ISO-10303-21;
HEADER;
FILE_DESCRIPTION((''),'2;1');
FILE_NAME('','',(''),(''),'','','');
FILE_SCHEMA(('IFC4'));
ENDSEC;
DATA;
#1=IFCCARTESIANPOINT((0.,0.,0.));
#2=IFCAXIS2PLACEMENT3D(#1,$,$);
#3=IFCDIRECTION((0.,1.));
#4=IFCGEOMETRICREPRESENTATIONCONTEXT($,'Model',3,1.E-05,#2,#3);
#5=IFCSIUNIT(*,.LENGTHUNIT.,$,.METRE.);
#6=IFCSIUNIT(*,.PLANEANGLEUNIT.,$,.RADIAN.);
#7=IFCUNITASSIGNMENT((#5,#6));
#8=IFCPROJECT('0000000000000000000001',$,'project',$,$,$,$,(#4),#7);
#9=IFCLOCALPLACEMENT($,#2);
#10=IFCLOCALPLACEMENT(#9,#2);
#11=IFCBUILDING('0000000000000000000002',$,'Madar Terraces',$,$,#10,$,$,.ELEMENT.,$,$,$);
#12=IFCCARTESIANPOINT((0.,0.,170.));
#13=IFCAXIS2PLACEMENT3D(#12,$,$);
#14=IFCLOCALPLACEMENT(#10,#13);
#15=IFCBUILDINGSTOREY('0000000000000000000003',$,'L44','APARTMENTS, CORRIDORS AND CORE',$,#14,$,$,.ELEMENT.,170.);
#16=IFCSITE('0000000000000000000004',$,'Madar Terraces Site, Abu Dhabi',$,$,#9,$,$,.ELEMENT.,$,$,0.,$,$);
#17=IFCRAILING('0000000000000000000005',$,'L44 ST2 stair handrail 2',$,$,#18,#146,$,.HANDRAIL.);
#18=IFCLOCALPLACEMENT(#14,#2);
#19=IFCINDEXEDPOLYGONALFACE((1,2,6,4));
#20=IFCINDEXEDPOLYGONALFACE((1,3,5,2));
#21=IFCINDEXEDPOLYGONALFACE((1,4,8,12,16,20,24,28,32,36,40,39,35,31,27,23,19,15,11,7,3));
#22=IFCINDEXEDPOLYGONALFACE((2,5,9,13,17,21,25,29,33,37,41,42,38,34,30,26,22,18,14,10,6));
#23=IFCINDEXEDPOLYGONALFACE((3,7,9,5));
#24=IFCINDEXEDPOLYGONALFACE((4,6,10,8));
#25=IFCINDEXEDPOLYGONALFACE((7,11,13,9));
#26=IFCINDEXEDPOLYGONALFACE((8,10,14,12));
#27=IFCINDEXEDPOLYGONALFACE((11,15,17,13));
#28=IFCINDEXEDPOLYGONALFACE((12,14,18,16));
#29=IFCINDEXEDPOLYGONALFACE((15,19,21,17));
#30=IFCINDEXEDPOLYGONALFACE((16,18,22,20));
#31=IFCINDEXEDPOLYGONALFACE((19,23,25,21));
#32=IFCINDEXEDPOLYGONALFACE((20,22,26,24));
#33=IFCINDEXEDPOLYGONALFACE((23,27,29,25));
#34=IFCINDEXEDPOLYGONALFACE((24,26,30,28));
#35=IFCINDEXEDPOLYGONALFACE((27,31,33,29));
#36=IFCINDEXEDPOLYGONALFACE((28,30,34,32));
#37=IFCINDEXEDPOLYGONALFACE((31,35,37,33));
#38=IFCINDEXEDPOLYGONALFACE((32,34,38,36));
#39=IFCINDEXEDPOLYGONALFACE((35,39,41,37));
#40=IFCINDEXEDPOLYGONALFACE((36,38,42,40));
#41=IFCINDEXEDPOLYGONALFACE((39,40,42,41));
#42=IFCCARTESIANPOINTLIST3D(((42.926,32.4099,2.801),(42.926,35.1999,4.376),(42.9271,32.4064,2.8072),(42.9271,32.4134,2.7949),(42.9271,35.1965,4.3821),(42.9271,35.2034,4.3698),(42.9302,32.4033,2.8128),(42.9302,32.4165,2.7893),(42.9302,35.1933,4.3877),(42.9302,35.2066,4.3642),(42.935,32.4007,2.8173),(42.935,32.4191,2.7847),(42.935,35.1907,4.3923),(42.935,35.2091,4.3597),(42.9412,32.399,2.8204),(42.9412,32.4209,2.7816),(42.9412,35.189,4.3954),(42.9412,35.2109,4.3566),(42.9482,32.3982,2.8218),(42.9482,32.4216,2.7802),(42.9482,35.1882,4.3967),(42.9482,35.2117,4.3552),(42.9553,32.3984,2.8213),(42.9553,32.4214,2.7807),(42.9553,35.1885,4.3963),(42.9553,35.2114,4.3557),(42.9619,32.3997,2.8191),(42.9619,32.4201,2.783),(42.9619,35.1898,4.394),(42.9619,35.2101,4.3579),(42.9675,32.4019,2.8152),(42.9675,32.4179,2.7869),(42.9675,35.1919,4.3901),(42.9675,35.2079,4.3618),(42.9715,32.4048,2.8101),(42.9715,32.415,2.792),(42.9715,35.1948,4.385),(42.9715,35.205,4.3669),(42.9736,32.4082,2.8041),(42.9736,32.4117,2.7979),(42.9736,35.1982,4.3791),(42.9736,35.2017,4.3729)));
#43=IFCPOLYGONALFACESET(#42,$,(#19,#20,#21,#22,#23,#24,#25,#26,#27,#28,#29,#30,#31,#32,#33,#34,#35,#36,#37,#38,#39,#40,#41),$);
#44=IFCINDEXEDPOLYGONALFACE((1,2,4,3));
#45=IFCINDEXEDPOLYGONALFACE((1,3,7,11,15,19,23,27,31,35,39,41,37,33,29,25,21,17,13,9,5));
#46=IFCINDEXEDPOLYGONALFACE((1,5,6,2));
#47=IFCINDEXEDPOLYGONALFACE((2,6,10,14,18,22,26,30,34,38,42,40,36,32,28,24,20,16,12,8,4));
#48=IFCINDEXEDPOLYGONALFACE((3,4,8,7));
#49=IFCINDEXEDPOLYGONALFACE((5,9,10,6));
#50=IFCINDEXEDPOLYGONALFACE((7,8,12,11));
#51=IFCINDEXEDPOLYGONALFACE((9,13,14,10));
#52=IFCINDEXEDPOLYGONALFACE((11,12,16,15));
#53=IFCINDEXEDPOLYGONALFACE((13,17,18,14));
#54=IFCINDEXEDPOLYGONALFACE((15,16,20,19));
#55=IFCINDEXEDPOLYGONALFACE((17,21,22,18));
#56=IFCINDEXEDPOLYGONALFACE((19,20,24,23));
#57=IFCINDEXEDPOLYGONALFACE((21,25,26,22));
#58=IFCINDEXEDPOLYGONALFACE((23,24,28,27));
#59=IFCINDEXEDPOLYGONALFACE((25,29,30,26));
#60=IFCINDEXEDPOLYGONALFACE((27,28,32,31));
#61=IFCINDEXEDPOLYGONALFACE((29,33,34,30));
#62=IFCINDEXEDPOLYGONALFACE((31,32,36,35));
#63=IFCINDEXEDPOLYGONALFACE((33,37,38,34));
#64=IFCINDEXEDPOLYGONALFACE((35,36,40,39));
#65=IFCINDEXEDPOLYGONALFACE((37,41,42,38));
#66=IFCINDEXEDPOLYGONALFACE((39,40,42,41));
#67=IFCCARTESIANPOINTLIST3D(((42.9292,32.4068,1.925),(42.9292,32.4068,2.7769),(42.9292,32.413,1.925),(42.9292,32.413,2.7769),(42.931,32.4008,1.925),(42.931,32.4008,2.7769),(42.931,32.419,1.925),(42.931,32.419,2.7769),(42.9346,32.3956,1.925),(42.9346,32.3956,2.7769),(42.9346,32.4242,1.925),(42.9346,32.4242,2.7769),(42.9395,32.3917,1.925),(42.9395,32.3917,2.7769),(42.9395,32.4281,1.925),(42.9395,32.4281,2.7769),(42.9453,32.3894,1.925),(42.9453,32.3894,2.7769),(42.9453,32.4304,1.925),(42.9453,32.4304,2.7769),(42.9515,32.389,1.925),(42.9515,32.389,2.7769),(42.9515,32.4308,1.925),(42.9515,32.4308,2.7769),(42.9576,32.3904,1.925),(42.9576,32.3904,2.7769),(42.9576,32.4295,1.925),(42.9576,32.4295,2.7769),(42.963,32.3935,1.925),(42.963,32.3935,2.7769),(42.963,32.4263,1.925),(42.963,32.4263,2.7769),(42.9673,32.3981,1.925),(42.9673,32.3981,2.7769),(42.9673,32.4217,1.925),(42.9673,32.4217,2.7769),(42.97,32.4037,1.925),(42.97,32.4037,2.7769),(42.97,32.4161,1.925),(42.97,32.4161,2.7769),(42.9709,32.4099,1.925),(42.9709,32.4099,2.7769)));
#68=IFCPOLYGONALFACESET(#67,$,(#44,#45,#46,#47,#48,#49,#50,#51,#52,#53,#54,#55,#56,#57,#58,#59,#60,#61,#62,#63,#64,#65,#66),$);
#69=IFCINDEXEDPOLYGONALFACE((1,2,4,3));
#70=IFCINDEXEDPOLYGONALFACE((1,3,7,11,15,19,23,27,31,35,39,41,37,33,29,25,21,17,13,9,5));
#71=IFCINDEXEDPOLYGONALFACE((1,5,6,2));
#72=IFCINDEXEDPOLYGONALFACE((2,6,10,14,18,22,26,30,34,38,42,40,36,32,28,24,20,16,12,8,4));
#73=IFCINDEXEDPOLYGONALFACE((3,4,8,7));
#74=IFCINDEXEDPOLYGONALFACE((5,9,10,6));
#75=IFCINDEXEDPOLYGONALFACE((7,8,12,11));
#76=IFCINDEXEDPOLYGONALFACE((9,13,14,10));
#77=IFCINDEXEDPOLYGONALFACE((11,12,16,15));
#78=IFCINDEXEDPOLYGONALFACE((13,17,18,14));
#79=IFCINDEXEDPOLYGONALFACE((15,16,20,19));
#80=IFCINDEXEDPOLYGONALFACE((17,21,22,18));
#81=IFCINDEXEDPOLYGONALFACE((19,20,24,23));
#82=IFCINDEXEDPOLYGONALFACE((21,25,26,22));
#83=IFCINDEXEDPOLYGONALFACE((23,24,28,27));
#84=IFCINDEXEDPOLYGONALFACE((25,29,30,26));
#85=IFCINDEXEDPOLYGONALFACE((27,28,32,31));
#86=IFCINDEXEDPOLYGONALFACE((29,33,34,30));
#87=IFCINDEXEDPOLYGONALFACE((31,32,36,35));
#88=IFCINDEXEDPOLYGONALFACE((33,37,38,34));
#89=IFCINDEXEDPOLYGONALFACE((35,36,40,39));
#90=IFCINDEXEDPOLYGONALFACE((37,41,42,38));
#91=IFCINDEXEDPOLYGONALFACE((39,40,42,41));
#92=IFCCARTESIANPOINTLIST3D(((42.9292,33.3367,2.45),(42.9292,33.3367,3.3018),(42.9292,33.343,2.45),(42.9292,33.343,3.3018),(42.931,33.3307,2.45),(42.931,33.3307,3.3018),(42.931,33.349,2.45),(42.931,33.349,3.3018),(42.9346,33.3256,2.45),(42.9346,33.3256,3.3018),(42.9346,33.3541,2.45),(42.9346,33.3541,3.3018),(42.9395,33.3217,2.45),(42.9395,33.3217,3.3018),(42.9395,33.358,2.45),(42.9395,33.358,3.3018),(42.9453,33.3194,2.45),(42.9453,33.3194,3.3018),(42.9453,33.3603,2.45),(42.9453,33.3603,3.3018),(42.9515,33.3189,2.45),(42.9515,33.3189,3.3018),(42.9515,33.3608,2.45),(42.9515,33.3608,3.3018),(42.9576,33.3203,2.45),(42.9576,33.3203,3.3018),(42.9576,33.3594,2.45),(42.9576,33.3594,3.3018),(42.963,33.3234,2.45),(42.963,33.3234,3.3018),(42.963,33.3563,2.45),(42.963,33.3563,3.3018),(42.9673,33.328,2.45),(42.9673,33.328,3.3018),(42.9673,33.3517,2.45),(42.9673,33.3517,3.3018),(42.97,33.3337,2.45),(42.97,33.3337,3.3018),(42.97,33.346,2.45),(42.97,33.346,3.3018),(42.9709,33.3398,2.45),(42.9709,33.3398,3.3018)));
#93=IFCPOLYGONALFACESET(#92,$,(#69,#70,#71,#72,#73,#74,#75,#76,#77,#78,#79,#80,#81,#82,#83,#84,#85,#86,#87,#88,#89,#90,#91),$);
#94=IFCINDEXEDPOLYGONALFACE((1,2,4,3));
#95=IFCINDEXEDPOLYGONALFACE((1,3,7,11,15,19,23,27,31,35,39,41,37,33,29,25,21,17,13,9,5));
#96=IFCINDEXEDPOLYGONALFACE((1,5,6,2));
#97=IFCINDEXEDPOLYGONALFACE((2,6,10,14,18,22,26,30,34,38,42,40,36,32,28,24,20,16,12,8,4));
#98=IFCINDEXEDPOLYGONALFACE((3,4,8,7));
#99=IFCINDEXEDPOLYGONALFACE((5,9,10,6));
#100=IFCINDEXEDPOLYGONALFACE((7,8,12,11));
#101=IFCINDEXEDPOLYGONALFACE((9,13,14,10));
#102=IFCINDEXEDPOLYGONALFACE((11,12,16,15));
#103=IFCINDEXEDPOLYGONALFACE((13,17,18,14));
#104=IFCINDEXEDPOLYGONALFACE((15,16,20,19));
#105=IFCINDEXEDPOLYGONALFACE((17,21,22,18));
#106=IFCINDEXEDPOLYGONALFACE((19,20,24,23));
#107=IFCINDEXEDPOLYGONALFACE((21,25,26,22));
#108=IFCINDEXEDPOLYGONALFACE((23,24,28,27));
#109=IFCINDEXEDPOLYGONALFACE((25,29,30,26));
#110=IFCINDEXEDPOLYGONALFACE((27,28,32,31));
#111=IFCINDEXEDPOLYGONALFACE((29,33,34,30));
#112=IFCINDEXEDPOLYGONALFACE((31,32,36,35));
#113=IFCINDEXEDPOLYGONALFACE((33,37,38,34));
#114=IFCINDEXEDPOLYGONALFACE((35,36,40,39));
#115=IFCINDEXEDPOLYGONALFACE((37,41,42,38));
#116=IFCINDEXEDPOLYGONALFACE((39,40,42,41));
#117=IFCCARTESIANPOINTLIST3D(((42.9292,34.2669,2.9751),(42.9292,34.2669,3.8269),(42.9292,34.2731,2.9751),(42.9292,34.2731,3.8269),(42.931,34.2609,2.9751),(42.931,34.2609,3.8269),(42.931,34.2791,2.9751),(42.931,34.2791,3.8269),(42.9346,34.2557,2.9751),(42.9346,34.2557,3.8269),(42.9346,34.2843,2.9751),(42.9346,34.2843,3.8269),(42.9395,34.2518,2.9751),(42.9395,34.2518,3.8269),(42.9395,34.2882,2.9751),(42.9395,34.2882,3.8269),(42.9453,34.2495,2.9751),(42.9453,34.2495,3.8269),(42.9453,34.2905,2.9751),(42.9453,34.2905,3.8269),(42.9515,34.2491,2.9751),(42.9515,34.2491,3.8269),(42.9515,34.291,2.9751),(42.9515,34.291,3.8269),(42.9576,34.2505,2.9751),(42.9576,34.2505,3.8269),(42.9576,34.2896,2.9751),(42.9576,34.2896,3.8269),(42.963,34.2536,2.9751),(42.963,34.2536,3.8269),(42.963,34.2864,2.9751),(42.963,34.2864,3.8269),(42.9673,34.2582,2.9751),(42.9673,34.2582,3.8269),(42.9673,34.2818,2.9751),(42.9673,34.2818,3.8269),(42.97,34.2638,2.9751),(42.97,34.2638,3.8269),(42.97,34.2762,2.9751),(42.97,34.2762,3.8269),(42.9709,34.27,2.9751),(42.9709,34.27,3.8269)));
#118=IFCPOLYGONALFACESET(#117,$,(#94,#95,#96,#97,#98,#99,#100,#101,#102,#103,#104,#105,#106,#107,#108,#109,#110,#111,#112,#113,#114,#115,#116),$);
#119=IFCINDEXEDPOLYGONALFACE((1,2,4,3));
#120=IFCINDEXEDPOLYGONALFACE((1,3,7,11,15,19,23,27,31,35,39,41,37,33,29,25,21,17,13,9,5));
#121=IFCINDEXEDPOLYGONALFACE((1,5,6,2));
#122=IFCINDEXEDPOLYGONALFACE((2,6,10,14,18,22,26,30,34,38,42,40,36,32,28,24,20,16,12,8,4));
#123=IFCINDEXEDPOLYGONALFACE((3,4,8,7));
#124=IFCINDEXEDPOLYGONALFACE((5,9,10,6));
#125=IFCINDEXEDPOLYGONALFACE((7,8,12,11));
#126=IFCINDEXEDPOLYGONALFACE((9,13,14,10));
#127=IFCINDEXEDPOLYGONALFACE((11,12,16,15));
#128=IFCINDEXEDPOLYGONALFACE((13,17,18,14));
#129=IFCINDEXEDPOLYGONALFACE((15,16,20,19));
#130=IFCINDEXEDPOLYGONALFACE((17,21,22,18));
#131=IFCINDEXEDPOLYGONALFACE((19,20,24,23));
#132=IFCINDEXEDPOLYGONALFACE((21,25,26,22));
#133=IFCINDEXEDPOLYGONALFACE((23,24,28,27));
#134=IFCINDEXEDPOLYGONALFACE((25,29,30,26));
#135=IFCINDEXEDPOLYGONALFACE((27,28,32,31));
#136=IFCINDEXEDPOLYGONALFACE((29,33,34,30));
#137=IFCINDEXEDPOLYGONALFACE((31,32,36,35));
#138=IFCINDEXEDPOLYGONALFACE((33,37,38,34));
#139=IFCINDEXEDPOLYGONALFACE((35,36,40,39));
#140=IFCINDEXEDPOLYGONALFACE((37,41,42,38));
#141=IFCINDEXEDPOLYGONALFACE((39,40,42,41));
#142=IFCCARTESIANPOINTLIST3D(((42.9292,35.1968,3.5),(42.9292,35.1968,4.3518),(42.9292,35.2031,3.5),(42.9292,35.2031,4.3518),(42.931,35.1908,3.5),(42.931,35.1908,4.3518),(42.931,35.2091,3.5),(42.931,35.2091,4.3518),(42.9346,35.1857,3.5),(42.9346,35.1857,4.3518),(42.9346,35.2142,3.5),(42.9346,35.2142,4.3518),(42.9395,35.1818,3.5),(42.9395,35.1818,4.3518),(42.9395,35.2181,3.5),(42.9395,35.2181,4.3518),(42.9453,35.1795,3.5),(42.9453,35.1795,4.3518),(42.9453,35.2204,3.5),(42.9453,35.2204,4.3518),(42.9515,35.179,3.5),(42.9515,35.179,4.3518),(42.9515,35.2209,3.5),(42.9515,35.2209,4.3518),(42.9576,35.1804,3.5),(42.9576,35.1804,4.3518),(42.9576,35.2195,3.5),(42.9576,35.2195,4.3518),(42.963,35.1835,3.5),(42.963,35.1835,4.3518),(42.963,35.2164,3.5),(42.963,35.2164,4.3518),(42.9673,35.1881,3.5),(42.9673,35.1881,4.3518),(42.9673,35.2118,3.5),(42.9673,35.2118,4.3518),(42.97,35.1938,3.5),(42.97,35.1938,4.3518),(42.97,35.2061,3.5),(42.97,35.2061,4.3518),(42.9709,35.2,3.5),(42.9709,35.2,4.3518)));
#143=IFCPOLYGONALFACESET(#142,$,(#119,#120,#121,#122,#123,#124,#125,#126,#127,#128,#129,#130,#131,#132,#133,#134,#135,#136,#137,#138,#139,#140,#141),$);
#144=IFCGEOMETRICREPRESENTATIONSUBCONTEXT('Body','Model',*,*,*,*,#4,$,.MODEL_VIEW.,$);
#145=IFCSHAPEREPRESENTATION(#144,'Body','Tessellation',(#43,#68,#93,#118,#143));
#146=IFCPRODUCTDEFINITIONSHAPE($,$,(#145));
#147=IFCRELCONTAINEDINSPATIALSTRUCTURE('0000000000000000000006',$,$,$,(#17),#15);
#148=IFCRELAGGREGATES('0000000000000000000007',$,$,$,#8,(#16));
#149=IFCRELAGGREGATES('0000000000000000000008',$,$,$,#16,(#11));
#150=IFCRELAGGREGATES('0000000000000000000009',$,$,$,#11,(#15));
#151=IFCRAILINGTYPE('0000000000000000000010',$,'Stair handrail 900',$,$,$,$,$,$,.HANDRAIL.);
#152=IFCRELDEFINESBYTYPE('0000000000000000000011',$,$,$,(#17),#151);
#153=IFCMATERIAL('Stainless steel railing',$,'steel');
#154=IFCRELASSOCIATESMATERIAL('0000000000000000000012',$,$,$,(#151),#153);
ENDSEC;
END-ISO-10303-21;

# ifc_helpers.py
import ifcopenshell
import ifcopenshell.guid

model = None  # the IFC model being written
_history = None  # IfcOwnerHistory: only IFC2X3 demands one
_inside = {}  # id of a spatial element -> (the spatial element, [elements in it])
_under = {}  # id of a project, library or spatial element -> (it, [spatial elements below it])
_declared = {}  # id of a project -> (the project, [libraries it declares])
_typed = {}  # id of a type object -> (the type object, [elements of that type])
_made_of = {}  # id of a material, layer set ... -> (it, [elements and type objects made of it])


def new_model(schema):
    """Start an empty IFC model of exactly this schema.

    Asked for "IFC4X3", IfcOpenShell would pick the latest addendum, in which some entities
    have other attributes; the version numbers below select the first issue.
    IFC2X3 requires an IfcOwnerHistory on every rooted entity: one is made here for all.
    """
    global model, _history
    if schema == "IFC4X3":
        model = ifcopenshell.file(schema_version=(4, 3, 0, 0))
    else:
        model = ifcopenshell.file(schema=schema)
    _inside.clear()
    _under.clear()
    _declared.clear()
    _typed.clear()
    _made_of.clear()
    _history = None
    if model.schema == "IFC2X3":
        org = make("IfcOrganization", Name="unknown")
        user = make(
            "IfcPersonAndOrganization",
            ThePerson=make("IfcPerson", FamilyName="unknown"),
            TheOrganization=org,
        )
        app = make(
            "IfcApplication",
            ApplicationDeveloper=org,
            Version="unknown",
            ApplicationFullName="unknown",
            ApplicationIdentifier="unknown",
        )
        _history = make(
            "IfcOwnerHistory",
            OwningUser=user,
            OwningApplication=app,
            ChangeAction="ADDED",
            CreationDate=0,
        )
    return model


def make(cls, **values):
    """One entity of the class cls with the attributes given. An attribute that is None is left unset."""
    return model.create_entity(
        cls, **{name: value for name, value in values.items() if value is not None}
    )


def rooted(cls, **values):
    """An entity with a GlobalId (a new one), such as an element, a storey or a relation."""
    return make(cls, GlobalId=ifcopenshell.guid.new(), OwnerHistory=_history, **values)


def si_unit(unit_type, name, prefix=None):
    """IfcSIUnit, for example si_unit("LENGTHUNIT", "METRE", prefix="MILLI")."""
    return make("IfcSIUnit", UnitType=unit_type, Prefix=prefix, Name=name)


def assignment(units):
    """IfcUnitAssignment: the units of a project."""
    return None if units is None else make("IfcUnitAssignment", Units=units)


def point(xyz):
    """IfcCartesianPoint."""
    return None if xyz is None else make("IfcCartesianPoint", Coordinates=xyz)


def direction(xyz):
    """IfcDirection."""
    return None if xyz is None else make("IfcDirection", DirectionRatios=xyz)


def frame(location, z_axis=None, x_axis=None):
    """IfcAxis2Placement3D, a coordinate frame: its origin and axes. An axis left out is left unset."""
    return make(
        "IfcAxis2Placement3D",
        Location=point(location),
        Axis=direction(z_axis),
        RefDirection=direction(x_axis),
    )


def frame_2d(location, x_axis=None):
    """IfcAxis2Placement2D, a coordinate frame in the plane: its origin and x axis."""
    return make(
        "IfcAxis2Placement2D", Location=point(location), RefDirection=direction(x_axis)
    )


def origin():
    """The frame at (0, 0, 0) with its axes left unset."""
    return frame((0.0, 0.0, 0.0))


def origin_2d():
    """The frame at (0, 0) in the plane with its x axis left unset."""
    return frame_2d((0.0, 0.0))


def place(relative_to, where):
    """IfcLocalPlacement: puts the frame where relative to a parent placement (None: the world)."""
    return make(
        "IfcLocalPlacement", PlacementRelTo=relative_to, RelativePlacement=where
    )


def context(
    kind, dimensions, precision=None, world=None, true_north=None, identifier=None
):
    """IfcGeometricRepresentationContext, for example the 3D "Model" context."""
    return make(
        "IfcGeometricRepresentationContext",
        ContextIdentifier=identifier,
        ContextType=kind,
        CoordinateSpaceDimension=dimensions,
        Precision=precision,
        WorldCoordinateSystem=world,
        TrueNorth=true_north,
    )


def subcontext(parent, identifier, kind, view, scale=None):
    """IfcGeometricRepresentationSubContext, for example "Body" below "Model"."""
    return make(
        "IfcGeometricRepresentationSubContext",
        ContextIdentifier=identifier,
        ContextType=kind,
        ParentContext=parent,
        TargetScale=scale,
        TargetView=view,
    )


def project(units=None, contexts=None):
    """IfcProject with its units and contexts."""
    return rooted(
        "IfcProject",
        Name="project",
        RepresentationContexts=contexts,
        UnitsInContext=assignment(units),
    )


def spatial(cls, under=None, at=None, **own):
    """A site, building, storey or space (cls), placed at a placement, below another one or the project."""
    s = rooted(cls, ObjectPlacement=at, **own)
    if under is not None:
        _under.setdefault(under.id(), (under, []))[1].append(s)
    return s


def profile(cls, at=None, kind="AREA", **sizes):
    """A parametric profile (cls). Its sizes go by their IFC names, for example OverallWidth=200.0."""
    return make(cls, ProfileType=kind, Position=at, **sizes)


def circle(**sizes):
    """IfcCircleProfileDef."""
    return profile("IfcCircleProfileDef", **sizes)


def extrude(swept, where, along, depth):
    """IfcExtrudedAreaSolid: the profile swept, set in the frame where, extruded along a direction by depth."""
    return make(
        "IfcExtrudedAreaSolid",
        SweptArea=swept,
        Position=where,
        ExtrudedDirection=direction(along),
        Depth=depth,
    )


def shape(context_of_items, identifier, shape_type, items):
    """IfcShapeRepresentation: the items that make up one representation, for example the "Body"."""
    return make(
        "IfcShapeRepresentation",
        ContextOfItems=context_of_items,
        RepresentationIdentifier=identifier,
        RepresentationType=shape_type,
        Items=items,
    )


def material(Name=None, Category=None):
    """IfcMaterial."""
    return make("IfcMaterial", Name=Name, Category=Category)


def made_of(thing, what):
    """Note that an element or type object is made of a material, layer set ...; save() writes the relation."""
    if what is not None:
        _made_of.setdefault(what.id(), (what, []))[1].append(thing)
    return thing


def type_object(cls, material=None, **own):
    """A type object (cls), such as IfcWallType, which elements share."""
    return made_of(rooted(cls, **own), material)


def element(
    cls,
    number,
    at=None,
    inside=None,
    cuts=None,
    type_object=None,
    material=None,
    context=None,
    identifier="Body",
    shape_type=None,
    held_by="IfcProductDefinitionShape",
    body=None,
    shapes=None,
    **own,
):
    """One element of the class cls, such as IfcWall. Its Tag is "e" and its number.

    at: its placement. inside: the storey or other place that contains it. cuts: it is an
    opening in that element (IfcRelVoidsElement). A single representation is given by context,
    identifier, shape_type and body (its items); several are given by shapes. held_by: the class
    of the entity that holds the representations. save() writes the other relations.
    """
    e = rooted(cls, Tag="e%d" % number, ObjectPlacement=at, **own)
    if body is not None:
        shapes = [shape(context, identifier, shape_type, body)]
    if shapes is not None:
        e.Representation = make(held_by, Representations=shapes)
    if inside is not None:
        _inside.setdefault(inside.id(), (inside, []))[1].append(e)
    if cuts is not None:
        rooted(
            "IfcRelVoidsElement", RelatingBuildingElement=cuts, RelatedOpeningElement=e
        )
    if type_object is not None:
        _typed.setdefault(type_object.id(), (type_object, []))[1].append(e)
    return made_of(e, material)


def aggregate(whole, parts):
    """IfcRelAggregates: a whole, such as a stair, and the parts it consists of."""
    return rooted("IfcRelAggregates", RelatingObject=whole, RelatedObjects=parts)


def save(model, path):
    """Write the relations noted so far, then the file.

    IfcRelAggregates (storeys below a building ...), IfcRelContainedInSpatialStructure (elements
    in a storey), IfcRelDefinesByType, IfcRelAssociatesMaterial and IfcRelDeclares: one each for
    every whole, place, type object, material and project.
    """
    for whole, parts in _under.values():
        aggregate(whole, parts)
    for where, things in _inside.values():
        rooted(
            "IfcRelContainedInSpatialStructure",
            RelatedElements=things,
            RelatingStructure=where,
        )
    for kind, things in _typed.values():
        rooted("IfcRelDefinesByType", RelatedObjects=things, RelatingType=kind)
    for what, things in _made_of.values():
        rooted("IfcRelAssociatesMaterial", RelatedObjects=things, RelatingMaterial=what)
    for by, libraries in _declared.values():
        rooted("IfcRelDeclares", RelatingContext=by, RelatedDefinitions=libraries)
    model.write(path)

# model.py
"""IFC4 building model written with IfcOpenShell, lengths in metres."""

from ifc_helpers import new_model, si_unit, direction, frame, origin, origin_2d, place, context, subcontext, project, spatial, circle, extrude, material, type_object, element, save


model = new_model("IFC4")

# Units and contexts
model_context = context("Model", 3, precision=1e-05, world=origin(), true_north=direction((0.0, 1.0)))
body_context = subcontext(model_context, "Body", "Model", "MODEL_VIEW")
ifc_project = project(units=[si_unit("LENGTHUNIT", "METRE"), si_unit("PLANEANGLEUNIT", "RADIAN")], contexts=[model_context])

# Site, building, storey
site_placement = place(None, origin())
site = spatial("IfcSite", under=ifc_project, at=site_placement, Name="Madar Terraces Site, Abu Dhabi", CompositionType="ELEMENT", RefElevation=0.0)
building_placement = place(site_placement, origin())
building = spatial("IfcBuilding", under=site, at=building_placement, Name="Madar Terraces", CompositionType="ELEMENT")
storey_placement = place(building_placement, frame((0.0, 0.0, 170.0)))
storey = spatial("IfcBuildingStorey", under=building, at=storey_placement, Name="L44", Description="APARTMENTS, CORRIDORS AND CORE", CompositionType="ELEMENT", Elevation=170.0)

# Railing
ifc_material_1 = material(Name="Stainless steel railing", Category="steel")
railing_type_1 = type_object("IfcRailingType", Name="Stair handrail 900", PredefinedType="HANDRAIL", material=ifc_material_1)
railing_1_placement = place(storey_placement, frame((42.95, 32.4099, 1.925)))
element("IfcRailing", 1, at=railing_1_placement, inside=storey, type_object=railing_type_1, Name="L44 ST2 stair handrail 2", PredefinedType="HANDRAIL", context=body_context, shape_type="SweptSolid", body=[
    extrude(circle(Radius=0.0239, at=origin_2d()), frame((0.0, 0.0, 0.876), z_axis=(0.0, 0.870834, 0.491578), x_axis=(-1.0, 0.0, 0.0)), (0.0, 0.0, 1.0), 3.2039),
    extrude(circle(Radius=0.021, at=origin_2d()), origin(), (0.0, 0.0, 1.0), 0.8518),
    extrude(circle(Radius=0.021, at=origin_2d()), frame((0.0, 0.9299, 0.5249)), (0.0, 0.0, 1.0), 0.8518),
    extrude(circle(Radius=0.021, at=origin_2d()), frame((0.0, 1.8601, 1.05)), (0.0, 0.0, 1.0), 0.8518),
    extrude(circle(Radius=0.021, at=origin_2d()), frame((0.0, 2.79, 1.575)), (0.0, 0.0, 1.0), 0.8518),
])

save(model, "model.ifc")
